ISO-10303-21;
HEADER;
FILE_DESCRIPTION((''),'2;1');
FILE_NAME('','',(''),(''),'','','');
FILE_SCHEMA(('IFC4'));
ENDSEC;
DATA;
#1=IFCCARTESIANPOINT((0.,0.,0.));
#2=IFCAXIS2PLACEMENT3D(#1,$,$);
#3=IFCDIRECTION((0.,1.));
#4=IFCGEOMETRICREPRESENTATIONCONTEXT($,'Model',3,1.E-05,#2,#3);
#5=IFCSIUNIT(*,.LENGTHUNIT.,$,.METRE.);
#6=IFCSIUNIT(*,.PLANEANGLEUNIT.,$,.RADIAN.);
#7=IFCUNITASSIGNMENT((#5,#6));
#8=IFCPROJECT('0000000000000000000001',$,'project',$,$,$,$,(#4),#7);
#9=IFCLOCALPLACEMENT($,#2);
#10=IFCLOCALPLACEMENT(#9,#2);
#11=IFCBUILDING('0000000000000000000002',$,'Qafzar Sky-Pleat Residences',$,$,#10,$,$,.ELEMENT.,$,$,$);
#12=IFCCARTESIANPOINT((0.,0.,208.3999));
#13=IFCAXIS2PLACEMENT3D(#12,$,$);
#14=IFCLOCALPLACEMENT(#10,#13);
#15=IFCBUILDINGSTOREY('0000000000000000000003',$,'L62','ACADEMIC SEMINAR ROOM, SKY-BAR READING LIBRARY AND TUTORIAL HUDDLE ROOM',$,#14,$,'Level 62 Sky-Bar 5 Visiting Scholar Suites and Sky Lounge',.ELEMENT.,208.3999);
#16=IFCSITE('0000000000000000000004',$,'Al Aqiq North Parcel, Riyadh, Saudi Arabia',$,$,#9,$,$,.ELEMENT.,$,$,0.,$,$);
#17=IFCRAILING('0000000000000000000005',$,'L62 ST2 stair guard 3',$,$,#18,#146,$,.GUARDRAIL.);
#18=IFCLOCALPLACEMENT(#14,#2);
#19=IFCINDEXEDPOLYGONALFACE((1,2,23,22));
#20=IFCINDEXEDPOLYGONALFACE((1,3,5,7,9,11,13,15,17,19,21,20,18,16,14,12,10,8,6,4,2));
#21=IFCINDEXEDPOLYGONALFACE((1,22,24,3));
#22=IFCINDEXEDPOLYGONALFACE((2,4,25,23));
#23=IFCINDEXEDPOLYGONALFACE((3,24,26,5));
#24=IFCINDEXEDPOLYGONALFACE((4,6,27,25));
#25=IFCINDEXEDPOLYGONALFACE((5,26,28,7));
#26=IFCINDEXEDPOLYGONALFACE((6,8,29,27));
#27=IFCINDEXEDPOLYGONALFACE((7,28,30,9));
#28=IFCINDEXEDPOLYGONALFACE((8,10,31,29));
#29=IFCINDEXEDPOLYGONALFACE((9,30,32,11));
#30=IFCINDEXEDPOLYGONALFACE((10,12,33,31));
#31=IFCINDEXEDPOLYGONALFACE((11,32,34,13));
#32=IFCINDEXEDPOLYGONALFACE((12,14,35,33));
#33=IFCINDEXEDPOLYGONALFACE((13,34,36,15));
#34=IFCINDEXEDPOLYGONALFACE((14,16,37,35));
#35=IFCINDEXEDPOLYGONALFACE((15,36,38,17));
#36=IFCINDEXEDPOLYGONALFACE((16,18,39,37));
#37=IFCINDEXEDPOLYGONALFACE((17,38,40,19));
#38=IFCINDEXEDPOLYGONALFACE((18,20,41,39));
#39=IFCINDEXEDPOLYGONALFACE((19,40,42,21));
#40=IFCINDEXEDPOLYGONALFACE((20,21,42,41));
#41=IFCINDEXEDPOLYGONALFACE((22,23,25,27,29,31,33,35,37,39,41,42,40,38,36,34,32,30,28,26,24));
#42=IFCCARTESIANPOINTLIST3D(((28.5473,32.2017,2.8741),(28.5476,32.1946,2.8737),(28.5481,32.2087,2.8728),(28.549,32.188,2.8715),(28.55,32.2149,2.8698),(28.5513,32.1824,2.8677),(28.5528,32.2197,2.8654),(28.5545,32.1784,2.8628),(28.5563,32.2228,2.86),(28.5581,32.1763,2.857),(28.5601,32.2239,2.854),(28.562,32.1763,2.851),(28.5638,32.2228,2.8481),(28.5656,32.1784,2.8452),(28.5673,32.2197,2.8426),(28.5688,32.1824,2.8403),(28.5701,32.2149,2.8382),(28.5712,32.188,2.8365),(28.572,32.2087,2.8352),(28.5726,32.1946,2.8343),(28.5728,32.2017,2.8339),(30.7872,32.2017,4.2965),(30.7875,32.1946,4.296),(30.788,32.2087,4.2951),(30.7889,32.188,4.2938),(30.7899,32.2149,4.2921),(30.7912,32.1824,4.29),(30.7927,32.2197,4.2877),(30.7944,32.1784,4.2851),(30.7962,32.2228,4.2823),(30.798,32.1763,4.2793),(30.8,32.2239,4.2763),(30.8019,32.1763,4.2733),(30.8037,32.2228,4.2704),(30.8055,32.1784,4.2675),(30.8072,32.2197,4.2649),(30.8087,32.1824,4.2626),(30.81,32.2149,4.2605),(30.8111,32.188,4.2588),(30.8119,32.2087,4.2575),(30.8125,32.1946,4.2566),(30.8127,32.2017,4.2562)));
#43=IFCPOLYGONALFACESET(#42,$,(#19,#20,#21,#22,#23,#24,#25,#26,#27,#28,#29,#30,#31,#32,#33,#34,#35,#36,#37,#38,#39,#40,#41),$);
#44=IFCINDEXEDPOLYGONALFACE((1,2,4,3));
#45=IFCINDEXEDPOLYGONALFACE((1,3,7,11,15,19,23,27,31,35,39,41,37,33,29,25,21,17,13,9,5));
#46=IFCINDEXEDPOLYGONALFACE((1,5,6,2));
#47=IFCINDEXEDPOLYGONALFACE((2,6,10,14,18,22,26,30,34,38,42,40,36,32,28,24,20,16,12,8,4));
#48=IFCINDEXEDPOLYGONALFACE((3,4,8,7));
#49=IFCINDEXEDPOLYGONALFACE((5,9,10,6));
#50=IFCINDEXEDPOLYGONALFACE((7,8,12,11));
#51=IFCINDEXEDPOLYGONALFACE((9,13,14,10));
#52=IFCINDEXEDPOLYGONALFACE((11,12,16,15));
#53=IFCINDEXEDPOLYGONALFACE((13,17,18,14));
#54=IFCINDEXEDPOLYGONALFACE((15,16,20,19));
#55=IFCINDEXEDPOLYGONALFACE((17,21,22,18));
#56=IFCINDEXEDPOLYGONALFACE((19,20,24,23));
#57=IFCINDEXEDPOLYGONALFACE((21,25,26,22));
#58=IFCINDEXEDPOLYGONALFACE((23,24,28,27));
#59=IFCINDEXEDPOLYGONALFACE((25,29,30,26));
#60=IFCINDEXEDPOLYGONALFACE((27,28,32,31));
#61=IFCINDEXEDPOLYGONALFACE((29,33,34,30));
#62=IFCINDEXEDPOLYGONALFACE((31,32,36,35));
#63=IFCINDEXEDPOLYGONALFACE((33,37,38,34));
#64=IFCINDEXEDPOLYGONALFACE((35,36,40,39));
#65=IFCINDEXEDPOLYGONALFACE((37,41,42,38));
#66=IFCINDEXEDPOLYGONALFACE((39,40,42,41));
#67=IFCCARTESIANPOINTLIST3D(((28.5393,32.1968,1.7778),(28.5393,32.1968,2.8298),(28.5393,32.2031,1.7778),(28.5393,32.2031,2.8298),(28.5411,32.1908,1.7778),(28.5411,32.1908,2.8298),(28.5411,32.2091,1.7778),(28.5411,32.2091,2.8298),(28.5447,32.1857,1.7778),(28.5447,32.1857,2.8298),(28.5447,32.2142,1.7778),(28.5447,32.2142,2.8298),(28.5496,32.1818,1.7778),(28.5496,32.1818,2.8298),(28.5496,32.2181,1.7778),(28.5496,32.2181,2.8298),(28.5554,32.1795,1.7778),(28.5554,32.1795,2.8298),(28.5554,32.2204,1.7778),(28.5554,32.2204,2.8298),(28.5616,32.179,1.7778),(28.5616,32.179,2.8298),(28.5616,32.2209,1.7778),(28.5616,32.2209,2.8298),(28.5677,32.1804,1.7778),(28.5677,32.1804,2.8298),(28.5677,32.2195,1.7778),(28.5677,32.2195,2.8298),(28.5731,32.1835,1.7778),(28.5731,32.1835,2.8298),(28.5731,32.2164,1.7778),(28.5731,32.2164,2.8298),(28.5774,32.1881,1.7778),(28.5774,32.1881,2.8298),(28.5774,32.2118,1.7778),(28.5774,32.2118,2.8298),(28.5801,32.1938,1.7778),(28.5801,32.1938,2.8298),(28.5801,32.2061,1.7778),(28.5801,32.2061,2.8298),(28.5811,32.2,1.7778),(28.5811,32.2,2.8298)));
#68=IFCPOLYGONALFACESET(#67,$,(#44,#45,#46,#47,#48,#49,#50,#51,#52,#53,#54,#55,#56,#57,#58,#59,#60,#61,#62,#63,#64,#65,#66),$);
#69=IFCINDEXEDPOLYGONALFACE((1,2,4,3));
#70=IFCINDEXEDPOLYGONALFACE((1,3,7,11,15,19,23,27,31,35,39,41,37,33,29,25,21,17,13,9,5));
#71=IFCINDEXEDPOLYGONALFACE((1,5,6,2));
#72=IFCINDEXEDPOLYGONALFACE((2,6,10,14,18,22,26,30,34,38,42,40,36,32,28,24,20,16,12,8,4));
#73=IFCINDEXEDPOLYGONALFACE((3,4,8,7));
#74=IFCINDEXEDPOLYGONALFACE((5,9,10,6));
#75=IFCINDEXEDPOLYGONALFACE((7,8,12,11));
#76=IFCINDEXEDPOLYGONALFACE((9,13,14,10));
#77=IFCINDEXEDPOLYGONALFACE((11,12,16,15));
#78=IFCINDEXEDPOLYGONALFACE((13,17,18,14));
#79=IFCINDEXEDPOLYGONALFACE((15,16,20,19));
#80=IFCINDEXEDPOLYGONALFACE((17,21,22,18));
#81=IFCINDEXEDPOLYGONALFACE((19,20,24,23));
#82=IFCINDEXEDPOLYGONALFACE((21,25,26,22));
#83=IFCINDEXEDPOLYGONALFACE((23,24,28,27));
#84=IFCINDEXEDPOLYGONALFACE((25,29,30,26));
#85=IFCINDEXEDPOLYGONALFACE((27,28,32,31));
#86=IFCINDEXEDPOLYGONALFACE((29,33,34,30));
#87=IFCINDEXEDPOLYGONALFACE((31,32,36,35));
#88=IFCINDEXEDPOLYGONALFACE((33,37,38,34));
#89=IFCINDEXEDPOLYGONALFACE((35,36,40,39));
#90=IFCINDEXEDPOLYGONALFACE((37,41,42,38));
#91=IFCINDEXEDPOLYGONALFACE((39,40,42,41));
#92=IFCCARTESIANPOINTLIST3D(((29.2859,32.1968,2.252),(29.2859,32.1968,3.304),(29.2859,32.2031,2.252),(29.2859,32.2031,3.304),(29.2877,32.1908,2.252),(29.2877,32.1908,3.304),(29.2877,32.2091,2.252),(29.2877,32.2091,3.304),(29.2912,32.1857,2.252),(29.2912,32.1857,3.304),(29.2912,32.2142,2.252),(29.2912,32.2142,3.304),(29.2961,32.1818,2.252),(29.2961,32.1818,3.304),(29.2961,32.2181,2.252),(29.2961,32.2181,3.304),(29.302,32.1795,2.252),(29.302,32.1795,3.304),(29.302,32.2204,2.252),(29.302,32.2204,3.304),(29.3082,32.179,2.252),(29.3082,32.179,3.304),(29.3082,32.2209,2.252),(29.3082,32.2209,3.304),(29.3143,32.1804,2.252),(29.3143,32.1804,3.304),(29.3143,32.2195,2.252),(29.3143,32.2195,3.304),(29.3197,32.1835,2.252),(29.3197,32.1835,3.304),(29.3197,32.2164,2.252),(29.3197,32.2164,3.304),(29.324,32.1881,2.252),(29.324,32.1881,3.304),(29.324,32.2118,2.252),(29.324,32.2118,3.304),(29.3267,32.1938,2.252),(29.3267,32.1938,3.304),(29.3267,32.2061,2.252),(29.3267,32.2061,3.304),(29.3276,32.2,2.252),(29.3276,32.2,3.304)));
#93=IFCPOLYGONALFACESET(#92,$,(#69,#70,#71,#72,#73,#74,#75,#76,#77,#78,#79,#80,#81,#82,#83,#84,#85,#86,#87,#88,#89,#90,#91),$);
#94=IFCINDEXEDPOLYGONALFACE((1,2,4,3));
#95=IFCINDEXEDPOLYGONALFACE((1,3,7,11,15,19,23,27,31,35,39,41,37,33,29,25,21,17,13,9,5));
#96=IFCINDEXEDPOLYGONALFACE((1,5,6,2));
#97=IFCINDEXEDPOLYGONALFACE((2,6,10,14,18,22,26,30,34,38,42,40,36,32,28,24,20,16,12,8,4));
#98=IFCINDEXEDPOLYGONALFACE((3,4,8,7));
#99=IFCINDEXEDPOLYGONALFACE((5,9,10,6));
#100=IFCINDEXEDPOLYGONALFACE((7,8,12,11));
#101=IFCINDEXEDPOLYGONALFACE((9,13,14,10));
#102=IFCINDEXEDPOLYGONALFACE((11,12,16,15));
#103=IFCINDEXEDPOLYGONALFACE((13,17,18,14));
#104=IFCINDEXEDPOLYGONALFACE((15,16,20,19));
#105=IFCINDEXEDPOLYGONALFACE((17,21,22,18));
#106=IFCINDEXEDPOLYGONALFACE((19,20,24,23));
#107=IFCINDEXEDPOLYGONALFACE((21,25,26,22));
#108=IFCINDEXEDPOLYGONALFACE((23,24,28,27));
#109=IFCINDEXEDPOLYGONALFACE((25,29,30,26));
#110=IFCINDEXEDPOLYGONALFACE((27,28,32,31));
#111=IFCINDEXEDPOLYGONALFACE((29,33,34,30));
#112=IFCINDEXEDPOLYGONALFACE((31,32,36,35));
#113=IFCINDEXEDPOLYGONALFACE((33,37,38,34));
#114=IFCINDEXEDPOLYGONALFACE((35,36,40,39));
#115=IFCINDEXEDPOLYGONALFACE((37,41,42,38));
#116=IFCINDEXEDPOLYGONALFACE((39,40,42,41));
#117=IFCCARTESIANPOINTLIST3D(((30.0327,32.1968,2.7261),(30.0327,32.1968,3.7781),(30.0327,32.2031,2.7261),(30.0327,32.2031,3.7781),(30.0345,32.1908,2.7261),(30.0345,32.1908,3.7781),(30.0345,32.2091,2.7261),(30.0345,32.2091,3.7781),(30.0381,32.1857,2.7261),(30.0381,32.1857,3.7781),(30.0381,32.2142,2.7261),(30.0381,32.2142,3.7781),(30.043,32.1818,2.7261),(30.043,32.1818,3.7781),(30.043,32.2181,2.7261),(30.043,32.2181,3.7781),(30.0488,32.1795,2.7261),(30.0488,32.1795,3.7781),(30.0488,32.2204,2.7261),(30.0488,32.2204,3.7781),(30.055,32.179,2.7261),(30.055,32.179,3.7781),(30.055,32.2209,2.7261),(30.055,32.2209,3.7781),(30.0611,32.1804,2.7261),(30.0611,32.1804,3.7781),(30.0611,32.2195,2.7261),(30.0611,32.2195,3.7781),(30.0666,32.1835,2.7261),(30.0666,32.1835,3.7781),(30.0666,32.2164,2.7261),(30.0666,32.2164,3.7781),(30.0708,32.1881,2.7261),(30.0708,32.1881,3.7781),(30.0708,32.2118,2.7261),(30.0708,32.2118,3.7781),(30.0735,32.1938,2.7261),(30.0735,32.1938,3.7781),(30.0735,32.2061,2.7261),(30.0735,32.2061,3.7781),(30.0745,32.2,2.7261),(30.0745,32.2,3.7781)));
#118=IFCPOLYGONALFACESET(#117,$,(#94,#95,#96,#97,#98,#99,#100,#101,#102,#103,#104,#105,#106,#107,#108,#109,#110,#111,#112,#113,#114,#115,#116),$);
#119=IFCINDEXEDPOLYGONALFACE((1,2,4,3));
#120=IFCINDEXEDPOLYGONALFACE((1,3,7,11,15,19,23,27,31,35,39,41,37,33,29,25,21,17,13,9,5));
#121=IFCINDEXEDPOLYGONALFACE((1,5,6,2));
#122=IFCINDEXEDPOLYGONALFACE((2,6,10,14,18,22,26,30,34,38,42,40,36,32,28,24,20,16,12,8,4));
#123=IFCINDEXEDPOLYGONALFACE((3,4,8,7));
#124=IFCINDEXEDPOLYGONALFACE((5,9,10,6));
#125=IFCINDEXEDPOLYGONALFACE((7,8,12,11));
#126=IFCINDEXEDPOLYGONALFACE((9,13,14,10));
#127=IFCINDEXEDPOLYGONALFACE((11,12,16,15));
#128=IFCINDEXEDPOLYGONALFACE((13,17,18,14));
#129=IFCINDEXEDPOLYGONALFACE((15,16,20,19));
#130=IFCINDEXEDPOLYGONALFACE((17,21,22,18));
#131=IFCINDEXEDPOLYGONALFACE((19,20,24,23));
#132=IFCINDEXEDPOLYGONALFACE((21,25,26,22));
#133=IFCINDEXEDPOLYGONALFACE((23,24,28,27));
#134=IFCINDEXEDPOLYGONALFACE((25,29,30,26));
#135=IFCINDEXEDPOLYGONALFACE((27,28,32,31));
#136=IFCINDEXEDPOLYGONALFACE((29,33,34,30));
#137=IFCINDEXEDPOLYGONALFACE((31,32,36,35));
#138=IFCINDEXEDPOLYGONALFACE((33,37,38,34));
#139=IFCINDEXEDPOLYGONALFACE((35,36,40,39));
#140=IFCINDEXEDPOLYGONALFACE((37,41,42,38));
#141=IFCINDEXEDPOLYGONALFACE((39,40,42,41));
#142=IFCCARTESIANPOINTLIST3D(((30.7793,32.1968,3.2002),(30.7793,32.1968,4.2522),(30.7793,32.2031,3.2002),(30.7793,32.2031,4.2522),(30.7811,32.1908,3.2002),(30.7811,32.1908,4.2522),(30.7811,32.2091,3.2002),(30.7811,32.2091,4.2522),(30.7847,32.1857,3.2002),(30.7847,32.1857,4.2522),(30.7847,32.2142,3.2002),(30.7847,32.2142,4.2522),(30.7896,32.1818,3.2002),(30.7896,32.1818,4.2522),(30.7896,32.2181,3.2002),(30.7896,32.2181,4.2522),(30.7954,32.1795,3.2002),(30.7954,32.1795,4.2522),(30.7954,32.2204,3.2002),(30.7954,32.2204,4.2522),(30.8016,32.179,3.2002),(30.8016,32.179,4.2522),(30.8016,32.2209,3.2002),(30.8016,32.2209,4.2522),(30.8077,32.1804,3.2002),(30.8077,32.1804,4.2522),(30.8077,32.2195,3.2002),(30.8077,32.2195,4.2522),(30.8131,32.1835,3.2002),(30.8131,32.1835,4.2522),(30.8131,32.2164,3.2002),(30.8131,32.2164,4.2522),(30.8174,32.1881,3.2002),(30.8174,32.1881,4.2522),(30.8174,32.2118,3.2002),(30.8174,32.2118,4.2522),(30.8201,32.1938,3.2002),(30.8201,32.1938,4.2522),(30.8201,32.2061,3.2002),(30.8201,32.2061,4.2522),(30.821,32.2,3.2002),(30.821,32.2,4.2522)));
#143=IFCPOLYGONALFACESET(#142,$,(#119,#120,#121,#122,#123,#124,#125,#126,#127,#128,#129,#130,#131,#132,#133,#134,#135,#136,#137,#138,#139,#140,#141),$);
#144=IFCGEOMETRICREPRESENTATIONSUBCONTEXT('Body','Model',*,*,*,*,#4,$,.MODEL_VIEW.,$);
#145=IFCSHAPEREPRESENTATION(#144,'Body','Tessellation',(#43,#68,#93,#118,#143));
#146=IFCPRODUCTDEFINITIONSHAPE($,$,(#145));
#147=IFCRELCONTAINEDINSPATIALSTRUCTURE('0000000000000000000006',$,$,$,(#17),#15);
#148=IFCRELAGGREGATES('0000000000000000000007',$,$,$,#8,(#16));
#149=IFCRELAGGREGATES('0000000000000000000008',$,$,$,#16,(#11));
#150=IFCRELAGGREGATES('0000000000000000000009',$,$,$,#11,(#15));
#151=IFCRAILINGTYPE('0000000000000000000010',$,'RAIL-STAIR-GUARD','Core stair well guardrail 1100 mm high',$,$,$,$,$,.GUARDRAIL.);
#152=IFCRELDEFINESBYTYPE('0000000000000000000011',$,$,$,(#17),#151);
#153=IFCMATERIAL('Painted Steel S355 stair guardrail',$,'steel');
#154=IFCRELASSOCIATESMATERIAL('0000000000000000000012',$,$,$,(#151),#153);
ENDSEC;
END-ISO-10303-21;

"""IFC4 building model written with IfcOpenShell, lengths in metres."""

from ifc_helpers import new_model, si_unit, direction, frame, origin, origin_2d, place, context, subcontext, project, spatial, circle, extrude, source, transform, mapped, material, type_object, element, save


model = new_model("IFC4")

# Units and contexts
model_context = context("Model", 3, precision=1e-05, world=origin(), true_north=direction((0.0, 1.0)))
body_context = subcontext(model_context, "Body", "Model", "MODEL_VIEW")
ifc_project = project(units=[si_unit("LENGTHUNIT", "METRE"), si_unit("PLANEANGLEUNIT", "RADIAN")], contexts=[model_context])

# Site, building, storey
site_placement = place(None, origin())
site = spatial("IfcSite", under=ifc_project, at=site_placement, Name="Al Aqiq North Parcel, Riyadh, Saudi Arabia", CompositionType="ELEMENT", RefElevation=0.0)
building_placement = place(site_placement, origin())
building = spatial("IfcBuilding", under=site, at=building_placement, Name="Qafzar Sky-Pleat Residences", CompositionType="ELEMENT")
storey_placement = place(building_placement, frame((0.0, 0.0, 208.3999)))
storey = spatial("IfcBuildingStorey", under=building, at=storey_placement, Name="L62", Description="ACADEMIC SEMINAR ROOM, SKY-BAR READING LIBRARY AND TUTORIAL HUDDLE ROOM", LongName="Level 62 Sky-Bar 5 Visiting Scholar Suites and Sky Lounge", CompositionType="ELEMENT", Elevation=208.3999)

# Railing
ifc_material_1 = material(Name="Painted Steel S355 stair guardrail", Category="steel")
railing_type_1 = type_object("IfcRailingType", Name="RAIL-STAIR-GUARD", Description="Core stair well guardrail 1100 mm high", PredefinedType="GUARDRAIL", material=ifc_material_1)
shared_shape_1 = source(origin(), body_context, "Body", "SweptSolid", [
    extrude(circle(Radius=0.0239, at=origin_2d()), frame((0.0, 0.0, 1.0762), z_axis=(0.844188, 0.0, 0.536048), x_axis=(0.0, 1.0, 0.0)), (0.0, 0.0, 1.0), 2.6533),
    extrude(circle(Radius=0.021, at=origin_2d()), origin(), (0.0, 0.0, 1.0), 1.052),
    extrude(circle(Radius=0.021, at=origin_2d()), frame((0.7466, 0.0, 0.4741)), (0.0, 0.0, 1.0), 1.052),
    extrude(circle(Radius=0.021, at=origin_2d()), frame((1.4934, 0.0, 0.9482)), (0.0, 0.0, 1.0), 1.052),
    extrude(circle(Radius=0.021, at=origin_2d()), frame((2.24, 0.0, 1.4224)), (0.0, 0.0, 1.0), 1.052),
])
railing_1_placement = place(storey_placement, frame((28.5601, 32.2, 1.7778)))
element("IfcRailing", 1, at=railing_1_placement, inside=storey, type_object=railing_type_1, Name="L62 ST2 stair guard 3", PredefinedType="GUARDRAIL", context=body_context, shape_type="MappedRepresentation", body=[
    mapped(shared_shape_1, transform((0.0, 0.0, 0.0), x_axis=(1.0, 0.0, 0.0), y_axis=(0.0, 1.0, 0.0), z_axis=(0.0, 0.0, 1.0), scale=1.0)),
])

save(model, "model.ifc")
